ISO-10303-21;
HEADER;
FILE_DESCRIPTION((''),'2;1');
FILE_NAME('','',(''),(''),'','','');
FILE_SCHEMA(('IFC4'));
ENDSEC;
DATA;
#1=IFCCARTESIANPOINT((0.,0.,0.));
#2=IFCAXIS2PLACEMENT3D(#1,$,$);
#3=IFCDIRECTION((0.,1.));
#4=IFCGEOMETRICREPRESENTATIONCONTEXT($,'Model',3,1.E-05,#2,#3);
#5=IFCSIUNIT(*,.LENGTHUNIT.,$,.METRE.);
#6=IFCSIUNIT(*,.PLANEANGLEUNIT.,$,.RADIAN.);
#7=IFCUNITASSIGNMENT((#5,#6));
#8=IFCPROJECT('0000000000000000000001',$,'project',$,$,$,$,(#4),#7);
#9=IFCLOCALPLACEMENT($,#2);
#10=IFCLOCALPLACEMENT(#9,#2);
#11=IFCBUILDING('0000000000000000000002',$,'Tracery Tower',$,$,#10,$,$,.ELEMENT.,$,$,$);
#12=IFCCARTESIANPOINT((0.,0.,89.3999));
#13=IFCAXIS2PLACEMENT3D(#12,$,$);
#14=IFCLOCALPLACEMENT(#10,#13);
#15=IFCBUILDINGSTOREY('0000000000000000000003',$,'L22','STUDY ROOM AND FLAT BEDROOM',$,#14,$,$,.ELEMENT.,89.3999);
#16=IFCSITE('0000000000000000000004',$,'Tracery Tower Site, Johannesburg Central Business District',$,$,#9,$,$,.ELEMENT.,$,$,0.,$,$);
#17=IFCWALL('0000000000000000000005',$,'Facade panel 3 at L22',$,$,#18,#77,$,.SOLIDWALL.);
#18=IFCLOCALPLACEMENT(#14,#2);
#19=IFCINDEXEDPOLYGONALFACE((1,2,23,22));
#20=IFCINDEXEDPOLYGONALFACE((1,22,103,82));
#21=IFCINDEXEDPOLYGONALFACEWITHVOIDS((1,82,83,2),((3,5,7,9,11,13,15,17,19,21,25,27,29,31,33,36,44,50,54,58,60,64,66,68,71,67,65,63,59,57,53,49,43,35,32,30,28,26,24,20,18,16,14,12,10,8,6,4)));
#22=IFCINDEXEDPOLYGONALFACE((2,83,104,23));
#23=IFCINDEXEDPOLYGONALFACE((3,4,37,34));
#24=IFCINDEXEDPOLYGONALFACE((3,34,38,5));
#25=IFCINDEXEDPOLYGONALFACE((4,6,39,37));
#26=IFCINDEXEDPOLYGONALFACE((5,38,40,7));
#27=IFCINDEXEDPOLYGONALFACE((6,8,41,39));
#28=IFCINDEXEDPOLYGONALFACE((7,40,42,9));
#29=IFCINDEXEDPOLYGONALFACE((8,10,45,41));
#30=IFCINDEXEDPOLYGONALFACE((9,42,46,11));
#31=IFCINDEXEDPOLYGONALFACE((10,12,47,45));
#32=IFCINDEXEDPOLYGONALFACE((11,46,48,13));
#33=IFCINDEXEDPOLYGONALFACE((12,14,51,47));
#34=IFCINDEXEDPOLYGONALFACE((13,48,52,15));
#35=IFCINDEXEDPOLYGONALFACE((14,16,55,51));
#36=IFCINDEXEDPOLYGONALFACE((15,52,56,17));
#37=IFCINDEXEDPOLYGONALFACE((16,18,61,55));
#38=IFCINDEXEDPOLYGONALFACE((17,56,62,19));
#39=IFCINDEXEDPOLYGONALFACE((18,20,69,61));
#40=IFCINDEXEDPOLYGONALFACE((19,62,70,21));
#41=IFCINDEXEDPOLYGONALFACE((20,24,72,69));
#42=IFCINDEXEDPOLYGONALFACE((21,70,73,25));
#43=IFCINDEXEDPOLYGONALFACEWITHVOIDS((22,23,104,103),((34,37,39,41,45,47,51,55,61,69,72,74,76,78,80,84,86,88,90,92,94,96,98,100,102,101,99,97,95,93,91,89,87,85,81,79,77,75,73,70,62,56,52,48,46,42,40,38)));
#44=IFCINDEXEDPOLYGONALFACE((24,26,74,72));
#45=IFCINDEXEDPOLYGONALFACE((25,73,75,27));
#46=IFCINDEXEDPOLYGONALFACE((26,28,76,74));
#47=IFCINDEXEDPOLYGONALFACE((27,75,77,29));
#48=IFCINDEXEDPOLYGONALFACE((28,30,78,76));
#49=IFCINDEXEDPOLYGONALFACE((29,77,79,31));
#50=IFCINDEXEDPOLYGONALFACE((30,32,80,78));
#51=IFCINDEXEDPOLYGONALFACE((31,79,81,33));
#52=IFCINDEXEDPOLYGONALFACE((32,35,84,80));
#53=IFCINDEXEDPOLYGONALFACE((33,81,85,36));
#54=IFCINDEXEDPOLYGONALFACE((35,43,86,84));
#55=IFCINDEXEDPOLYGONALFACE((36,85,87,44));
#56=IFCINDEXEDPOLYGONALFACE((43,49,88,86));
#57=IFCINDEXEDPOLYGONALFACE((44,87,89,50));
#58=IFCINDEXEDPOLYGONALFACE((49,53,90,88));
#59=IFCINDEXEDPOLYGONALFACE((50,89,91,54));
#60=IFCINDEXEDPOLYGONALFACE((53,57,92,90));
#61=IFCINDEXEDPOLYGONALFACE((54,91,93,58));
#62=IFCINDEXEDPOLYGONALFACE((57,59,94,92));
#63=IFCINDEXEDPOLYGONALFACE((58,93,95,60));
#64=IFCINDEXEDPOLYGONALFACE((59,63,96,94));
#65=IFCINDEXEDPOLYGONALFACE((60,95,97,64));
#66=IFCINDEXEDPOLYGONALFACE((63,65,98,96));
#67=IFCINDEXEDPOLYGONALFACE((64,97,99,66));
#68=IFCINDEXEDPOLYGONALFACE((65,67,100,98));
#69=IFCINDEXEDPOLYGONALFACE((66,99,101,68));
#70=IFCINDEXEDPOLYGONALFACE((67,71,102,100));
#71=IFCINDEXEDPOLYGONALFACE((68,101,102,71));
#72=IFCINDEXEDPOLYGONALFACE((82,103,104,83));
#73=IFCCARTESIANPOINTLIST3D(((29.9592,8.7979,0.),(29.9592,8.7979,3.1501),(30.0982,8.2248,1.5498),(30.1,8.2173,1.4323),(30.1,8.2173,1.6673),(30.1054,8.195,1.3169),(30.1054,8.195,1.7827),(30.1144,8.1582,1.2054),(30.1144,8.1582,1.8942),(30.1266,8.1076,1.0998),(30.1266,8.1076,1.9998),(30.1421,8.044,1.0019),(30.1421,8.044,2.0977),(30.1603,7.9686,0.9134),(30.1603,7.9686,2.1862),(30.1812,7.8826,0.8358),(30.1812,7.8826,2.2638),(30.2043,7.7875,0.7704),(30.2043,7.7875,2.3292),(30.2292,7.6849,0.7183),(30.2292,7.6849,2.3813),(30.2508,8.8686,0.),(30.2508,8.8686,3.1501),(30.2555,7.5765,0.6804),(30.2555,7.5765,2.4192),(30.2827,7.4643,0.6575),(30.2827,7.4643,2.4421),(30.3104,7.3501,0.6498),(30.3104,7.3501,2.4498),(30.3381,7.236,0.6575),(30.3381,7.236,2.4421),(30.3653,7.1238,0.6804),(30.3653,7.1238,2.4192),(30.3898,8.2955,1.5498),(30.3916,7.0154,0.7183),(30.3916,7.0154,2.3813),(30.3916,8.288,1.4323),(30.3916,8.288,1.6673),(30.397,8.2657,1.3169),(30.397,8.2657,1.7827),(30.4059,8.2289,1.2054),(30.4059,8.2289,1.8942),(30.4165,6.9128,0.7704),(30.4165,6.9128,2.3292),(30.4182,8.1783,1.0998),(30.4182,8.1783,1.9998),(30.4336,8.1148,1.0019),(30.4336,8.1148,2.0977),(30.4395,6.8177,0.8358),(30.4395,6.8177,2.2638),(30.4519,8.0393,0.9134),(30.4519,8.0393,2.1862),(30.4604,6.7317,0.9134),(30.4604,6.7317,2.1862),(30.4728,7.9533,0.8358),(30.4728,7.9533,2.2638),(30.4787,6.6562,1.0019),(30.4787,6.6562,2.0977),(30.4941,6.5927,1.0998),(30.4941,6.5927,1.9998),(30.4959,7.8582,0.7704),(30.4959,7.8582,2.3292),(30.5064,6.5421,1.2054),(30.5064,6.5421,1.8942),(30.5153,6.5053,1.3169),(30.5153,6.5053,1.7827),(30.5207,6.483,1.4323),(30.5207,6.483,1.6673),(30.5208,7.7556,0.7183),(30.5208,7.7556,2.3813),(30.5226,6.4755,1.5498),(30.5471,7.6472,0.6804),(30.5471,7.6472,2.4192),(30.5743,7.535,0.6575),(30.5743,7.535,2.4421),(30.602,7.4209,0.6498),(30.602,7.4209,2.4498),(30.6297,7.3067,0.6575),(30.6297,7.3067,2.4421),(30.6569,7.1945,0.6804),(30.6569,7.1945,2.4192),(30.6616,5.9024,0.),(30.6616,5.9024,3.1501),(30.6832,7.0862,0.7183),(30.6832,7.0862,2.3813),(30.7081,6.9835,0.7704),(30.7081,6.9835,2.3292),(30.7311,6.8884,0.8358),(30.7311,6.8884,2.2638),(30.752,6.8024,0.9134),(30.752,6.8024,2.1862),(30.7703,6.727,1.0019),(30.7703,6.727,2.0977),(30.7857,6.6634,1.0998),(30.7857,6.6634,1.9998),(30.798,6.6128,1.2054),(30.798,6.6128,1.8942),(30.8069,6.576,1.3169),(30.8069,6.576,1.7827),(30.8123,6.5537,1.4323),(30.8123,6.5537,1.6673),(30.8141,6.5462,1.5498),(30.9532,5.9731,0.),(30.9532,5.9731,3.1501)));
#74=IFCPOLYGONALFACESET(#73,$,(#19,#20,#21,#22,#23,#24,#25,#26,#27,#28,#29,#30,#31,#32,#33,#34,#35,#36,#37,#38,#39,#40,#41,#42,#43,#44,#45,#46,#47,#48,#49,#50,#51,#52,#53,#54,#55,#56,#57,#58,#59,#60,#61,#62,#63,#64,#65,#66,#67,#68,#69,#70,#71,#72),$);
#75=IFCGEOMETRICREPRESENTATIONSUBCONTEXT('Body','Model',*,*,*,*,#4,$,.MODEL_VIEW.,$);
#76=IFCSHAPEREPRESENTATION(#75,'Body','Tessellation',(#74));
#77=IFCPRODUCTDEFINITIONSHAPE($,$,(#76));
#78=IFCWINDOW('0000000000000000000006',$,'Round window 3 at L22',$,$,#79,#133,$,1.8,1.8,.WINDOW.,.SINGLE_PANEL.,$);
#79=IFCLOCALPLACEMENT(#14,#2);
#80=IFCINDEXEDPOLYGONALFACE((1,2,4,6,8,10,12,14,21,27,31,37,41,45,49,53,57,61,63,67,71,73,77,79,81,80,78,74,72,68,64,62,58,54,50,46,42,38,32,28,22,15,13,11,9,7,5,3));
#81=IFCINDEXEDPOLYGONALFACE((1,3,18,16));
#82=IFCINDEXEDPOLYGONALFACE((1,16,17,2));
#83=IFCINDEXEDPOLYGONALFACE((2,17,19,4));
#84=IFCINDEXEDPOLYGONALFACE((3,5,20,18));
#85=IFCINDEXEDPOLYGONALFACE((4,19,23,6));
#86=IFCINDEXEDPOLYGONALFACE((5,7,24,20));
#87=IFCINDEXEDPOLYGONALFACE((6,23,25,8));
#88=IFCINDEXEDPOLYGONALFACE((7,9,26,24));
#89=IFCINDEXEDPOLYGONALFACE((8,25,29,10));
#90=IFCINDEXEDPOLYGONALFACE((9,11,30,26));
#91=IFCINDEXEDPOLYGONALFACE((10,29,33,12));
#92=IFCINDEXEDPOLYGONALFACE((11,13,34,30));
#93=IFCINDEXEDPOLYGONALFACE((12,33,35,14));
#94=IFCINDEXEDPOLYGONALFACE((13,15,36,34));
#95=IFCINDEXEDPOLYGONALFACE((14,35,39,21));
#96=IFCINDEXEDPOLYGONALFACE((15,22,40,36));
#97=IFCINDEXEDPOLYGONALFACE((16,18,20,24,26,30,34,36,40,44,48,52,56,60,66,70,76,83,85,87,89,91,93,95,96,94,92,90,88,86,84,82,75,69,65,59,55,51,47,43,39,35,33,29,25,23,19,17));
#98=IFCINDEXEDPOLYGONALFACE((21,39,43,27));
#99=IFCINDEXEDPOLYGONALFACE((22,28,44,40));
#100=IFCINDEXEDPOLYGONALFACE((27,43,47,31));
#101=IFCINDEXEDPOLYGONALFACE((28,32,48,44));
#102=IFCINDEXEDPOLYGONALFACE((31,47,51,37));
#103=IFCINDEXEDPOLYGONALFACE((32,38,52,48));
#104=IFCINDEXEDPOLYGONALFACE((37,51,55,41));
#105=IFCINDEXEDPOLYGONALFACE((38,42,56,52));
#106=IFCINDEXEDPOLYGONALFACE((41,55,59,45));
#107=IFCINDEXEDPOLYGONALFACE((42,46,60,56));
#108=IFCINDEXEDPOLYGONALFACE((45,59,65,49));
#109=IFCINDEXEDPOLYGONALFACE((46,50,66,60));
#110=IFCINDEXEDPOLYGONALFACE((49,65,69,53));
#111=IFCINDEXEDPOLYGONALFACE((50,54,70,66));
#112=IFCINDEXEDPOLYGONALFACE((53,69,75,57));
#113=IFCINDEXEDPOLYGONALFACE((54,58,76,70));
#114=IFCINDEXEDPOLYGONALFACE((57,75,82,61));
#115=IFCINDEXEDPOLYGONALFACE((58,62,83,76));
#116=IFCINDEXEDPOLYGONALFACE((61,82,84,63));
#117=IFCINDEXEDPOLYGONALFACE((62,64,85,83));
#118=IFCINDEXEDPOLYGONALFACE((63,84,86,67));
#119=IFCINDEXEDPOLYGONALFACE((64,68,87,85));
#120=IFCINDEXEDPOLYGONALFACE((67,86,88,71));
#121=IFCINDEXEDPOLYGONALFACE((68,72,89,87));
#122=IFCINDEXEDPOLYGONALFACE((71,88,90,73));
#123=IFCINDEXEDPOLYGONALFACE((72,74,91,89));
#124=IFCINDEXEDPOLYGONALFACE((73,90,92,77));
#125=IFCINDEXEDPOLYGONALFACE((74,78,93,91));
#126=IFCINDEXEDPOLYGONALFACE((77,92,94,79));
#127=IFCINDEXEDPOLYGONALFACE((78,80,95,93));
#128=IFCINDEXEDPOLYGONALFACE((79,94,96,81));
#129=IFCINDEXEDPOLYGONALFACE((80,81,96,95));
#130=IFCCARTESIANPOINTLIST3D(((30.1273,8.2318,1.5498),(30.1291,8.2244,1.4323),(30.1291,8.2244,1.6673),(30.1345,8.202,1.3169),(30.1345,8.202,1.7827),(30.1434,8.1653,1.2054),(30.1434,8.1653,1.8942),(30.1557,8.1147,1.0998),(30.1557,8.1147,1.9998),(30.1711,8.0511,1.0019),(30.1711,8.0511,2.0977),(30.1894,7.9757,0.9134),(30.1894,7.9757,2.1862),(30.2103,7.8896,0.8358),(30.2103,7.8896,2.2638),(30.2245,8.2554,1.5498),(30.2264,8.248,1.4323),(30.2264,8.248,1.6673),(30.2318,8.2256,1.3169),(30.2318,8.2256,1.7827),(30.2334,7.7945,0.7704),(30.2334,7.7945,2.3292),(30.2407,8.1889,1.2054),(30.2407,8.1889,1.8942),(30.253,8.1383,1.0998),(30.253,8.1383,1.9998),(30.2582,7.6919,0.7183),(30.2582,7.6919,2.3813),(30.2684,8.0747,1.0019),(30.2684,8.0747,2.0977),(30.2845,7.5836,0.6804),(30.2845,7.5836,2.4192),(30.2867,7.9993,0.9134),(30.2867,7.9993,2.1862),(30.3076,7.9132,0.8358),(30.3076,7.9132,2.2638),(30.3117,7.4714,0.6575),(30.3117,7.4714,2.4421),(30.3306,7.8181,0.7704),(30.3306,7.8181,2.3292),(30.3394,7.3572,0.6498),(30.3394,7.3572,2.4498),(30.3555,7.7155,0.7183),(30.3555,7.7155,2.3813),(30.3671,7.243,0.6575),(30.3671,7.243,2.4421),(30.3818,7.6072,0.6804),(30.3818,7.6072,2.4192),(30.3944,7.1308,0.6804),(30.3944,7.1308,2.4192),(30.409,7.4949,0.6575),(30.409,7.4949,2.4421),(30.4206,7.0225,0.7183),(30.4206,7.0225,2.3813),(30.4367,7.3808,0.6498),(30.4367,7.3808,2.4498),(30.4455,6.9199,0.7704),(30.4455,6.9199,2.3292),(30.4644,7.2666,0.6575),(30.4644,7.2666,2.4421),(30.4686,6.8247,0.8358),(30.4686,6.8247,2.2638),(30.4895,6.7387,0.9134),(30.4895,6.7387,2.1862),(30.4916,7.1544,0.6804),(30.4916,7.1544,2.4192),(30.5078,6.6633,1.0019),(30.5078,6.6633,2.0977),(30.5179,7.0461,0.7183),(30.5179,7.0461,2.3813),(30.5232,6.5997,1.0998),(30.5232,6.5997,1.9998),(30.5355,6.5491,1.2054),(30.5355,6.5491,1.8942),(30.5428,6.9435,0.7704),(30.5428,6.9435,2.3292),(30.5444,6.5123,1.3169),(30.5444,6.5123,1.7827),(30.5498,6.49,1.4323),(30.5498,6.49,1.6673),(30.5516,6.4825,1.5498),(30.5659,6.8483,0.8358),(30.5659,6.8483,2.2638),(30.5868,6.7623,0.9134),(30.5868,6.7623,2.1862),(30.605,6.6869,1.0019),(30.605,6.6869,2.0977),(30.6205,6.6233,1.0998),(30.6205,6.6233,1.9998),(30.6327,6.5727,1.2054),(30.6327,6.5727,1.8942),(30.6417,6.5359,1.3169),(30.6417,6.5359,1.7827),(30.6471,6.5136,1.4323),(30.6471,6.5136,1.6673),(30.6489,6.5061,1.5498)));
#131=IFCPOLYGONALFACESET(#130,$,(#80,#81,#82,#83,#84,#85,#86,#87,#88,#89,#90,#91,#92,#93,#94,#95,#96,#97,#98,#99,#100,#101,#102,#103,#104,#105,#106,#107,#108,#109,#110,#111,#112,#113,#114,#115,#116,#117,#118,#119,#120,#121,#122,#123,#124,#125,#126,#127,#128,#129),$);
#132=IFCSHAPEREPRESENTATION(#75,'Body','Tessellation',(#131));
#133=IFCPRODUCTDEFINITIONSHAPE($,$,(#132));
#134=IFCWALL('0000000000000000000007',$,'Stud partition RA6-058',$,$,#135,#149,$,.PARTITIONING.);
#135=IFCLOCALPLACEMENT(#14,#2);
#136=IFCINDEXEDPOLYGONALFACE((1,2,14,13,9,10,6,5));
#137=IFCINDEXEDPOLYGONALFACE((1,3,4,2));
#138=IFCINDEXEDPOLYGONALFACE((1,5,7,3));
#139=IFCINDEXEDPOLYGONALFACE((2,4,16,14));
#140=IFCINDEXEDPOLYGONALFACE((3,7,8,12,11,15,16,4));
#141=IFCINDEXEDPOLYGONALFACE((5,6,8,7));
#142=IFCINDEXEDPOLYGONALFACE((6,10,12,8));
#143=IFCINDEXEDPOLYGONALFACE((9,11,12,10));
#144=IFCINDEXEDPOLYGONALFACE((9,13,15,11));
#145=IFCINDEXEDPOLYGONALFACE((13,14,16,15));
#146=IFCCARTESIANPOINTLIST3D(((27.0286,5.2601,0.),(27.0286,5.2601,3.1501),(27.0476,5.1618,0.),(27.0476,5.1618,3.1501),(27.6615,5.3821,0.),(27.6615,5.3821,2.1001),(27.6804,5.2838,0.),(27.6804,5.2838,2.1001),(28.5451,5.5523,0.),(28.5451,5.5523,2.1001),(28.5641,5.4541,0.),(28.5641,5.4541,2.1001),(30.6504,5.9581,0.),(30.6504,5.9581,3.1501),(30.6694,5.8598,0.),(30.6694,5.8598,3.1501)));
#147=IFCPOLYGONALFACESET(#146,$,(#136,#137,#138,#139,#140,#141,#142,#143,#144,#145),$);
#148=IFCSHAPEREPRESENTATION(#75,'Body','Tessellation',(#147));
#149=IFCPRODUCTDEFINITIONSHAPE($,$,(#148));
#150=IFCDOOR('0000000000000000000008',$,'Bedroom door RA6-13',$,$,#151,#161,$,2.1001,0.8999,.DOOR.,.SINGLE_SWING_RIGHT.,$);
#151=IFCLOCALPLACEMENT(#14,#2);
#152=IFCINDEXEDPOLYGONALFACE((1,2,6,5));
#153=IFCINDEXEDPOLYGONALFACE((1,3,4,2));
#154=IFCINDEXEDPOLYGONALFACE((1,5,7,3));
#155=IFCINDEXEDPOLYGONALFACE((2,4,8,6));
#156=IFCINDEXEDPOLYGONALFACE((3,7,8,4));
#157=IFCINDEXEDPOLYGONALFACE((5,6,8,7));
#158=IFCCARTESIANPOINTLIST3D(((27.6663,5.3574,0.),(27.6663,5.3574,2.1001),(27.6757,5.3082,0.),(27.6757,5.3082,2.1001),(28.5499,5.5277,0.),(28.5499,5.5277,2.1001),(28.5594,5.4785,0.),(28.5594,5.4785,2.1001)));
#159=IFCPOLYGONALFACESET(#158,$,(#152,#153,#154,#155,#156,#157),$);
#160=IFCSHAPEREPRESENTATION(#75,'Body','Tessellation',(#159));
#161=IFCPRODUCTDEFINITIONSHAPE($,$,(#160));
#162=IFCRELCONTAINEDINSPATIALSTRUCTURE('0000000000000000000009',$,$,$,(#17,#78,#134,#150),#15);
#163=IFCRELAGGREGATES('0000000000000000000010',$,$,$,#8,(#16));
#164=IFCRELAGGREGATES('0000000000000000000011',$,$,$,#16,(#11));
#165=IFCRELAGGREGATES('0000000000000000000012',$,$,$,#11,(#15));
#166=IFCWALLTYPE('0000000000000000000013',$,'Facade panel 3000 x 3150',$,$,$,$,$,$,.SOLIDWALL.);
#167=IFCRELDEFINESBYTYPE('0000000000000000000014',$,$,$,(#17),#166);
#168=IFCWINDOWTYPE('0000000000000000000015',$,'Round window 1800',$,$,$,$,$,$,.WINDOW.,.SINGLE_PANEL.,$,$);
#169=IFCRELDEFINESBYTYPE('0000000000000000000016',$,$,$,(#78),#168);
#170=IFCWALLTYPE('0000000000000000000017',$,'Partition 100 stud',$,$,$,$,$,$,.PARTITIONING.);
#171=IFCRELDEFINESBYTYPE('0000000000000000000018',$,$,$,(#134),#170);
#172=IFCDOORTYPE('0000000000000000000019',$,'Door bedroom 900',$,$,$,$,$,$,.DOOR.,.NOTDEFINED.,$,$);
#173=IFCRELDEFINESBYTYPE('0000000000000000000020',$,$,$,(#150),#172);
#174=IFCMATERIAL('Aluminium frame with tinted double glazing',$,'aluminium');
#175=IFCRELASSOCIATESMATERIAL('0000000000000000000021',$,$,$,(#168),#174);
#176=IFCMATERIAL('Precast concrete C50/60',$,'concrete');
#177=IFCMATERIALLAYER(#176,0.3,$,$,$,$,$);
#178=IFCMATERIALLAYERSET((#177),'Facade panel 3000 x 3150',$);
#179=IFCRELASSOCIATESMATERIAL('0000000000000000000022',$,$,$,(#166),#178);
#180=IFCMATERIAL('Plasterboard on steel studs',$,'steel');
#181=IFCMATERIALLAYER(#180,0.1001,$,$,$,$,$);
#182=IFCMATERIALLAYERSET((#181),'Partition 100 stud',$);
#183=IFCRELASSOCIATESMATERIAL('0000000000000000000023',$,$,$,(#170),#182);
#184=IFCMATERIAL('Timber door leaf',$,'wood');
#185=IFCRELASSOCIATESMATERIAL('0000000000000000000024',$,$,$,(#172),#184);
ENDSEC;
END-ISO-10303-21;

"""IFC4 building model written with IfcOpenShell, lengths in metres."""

from ifc_helpers import new_model, si_unit, direction, frame, frame_2d, origin, origin_2d, place, context, subcontext, project, spatial, rectangle, circle, extrude, material, layer, layer_set, type_object, element, fill, save


model = new_model("IFC4")

# Units and contexts
model_context = context("Model", 3, precision=1e-05, world=origin(), true_north=direction((0.0, 1.0)))
body_context = subcontext(model_context, "Body", "Model", "MODEL_VIEW")
ifc_project = project(units=[si_unit("LENGTHUNIT", "METRE"), si_unit("PLANEANGLEUNIT", "RADIAN")], contexts=[model_context])

# Site, building, storey
site_placement = place(None, origin())
site = spatial("IfcSite", under=ifc_project, at=site_placement, Name="Tracery Tower Site, Johannesburg Central Business District", CompositionType="ELEMENT", RefElevation=0.0)
building_placement = place(site_placement, origin())
building = spatial("IfcBuilding", under=site, at=building_placement, Name="Tracery Tower", CompositionType="ELEMENT")
storey_placement = place(building_placement, frame((0.0, 0.0, 89.3999)))
storey = spatial("IfcBuildingStorey", under=building, at=storey_placement, Name="L22", Description="STUDY ROOM AND FLAT BEDROOM", CompositionType="ELEMENT", Elevation=89.3999)

# Wall, opening, window
ifc_material_1 = material(Name="Aluminium frame with tinted double glazing", Category="aluminium")
window_type = type_object("IfcWindowType", Name="Round window 1800", PartitioningType="SINGLE_PANEL", PredefinedType="WINDOW", material=ifc_material_1)
ifc_material_2 = material(Name="Precast concrete C50/60", Category="concrete")
ifc_layer_1 = layer(ifc_material_2, 0.3)
ifc_layer_set_1 = layer_set([ifc_layer_1], Name="Facade panel 3000 x 3150")
wall_type_1 = type_object("IfcWallType", Name="Facade panel 3000 x 3150", PredefinedType="SOLIDWALL", material=ifc_layer_set_1)
wall_1_placement = place(storey_placement, frame((30.8074, 5.9377, 0.0), z_axis=(0.0, 0.0, 1.0), x_axis=(-0.235743, 0.971815, 0.0)))
wall_1 = element("IfcWall", 1, at=wall_1_placement, inside=storey, type_object=wall_type_1, Name="Facade panel 3 at L22", PredefinedType="SOLIDWALL", context=body_context, shape_type="SweptSolid", body=[
    extrude(rectangle(XDim=2.9795, YDim=0.3, at=frame_2d((1.4897, 0.0))), origin(), (0.0, 0.0, 1.0), 3.1501),
])
opening_1_placement = place(wall_1_placement, frame((1.4897, 0.0, 1.5498)))
opening_1 = element("IfcOpeningElement", 2, at=opening_1_placement, cuts=wall_1, PredefinedType="OPENING", context=body_context, shape_type="SweptSolid", body=[
    extrude(circle(Radius=0.9, at=origin_2d()), frame((0.0, 0.1599, 0.0), z_axis=(0.0, -1.0, 0.0), x_axis=(1.0, 0.0, 0.0)), (0.0, 0.0, 1.0), 0.3201),
])
window_1_placement = place(opening_1_placement, origin())
window_1 = element("IfcWindow", 3, at=window_1_placement, inside=storey, type_object=window_type, Name="Round window 3 at L22", OverallHeight=1.8, OverallWidth=1.8, PartitioningType="SINGLE_PANEL", PredefinedType="WINDOW", context=body_context, shape_type="SweptSolid", body=[
    extrude(circle(Radius=0.9, at=origin_2d()), frame((0.0, 0.1201, 0.0), z_axis=(0.0, -1.0, 0.0), x_axis=(1.0, 0.0, 0.0)), (0.0, 0.0, 1.0), 0.1001),
])
fill(opening_1, window_1)

# Wall, opening, door
ifc_material_3 = material(Name="Plasterboard on steel studs", Category="steel")
ifc_layer_2 = layer(ifc_material_3, 0.1001)
ifc_layer_set_2 = layer_set([ifc_layer_2], Name="Partition 100 stud")
wall_type_2 = type_object("IfcWallType", Name="Partition 100 stud", PredefinedType="PARTITIONING", material=ifc_layer_set_2)
wall_2_placement = place(storey_placement, frame((27.0381, 5.2109, 0.0), z_axis=(0.0, 0.0, 1.0), x_axis=(0.981931, 0.189238, 0.0)))
wall_2 = element("IfcWall", 4, at=wall_2_placement, inside=storey, type_object=wall_type_2, Name="Stud partition RA6-058", PredefinedType="PARTITIONING", context=body_context, shape_type="SweptSolid", body=[
    extrude(rectangle(XDim=3.6885, YDim=0.1001, at=frame_2d((1.8442, 0.0))), origin(), (0.0, 0.0, 1.0), 3.1501),
])
opening_2_placement = place(wall_2_placement, frame((0.6445, 0.0, 0.0)))
opening_2 = element("IfcOpeningElement", 5, at=opening_2_placement, cuts=wall_2, PredefinedType="OPENING", context=body_context, shape_type="SweptSolid", body=[
    extrude(rectangle(XDim=0.8999, YDim=2.1001, at=frame_2d((0.45, 1.05))), frame((0.0, 0.05, 0.0), z_axis=(0.0, -1.0, 0.0), x_axis=(1.0, 0.0, 0.0)), (0.0, 0.0, 1.0), 0.1001),
])
ifc_material_4 = material(Name="Timber door leaf", Category="wood")
door_type_1 = type_object("IfcDoorType", Name="Door bedroom 900", OperationType="NOTDEFINED", PredefinedType="DOOR", material=ifc_material_4)
door_1_placement = place(opening_2_placement, origin())
door_1 = element("IfcDoor", 6, at=door_1_placement, inside=storey, type_object=door_type_1, Name="Bedroom door RA6-13", OperationType="SINGLE_SWING_RIGHT", OverallHeight=2.1001, OverallWidth=0.8999, PredefinedType="DOOR", context=body_context, shape_type="SweptSolid", body=[
    extrude(rectangle(XDim=0.8999, YDim=2.1001, at=frame_2d((0.45, 1.05))), frame((0.0, 0.0249, 0.0), z_axis=(0.0, -1.0, 0.0), x_axis=(1.0, 0.0, 0.0)), (0.0, 0.0, 1.0), 0.05),
])
fill(opening_2, door_1)

save(model, "model.ifc")
